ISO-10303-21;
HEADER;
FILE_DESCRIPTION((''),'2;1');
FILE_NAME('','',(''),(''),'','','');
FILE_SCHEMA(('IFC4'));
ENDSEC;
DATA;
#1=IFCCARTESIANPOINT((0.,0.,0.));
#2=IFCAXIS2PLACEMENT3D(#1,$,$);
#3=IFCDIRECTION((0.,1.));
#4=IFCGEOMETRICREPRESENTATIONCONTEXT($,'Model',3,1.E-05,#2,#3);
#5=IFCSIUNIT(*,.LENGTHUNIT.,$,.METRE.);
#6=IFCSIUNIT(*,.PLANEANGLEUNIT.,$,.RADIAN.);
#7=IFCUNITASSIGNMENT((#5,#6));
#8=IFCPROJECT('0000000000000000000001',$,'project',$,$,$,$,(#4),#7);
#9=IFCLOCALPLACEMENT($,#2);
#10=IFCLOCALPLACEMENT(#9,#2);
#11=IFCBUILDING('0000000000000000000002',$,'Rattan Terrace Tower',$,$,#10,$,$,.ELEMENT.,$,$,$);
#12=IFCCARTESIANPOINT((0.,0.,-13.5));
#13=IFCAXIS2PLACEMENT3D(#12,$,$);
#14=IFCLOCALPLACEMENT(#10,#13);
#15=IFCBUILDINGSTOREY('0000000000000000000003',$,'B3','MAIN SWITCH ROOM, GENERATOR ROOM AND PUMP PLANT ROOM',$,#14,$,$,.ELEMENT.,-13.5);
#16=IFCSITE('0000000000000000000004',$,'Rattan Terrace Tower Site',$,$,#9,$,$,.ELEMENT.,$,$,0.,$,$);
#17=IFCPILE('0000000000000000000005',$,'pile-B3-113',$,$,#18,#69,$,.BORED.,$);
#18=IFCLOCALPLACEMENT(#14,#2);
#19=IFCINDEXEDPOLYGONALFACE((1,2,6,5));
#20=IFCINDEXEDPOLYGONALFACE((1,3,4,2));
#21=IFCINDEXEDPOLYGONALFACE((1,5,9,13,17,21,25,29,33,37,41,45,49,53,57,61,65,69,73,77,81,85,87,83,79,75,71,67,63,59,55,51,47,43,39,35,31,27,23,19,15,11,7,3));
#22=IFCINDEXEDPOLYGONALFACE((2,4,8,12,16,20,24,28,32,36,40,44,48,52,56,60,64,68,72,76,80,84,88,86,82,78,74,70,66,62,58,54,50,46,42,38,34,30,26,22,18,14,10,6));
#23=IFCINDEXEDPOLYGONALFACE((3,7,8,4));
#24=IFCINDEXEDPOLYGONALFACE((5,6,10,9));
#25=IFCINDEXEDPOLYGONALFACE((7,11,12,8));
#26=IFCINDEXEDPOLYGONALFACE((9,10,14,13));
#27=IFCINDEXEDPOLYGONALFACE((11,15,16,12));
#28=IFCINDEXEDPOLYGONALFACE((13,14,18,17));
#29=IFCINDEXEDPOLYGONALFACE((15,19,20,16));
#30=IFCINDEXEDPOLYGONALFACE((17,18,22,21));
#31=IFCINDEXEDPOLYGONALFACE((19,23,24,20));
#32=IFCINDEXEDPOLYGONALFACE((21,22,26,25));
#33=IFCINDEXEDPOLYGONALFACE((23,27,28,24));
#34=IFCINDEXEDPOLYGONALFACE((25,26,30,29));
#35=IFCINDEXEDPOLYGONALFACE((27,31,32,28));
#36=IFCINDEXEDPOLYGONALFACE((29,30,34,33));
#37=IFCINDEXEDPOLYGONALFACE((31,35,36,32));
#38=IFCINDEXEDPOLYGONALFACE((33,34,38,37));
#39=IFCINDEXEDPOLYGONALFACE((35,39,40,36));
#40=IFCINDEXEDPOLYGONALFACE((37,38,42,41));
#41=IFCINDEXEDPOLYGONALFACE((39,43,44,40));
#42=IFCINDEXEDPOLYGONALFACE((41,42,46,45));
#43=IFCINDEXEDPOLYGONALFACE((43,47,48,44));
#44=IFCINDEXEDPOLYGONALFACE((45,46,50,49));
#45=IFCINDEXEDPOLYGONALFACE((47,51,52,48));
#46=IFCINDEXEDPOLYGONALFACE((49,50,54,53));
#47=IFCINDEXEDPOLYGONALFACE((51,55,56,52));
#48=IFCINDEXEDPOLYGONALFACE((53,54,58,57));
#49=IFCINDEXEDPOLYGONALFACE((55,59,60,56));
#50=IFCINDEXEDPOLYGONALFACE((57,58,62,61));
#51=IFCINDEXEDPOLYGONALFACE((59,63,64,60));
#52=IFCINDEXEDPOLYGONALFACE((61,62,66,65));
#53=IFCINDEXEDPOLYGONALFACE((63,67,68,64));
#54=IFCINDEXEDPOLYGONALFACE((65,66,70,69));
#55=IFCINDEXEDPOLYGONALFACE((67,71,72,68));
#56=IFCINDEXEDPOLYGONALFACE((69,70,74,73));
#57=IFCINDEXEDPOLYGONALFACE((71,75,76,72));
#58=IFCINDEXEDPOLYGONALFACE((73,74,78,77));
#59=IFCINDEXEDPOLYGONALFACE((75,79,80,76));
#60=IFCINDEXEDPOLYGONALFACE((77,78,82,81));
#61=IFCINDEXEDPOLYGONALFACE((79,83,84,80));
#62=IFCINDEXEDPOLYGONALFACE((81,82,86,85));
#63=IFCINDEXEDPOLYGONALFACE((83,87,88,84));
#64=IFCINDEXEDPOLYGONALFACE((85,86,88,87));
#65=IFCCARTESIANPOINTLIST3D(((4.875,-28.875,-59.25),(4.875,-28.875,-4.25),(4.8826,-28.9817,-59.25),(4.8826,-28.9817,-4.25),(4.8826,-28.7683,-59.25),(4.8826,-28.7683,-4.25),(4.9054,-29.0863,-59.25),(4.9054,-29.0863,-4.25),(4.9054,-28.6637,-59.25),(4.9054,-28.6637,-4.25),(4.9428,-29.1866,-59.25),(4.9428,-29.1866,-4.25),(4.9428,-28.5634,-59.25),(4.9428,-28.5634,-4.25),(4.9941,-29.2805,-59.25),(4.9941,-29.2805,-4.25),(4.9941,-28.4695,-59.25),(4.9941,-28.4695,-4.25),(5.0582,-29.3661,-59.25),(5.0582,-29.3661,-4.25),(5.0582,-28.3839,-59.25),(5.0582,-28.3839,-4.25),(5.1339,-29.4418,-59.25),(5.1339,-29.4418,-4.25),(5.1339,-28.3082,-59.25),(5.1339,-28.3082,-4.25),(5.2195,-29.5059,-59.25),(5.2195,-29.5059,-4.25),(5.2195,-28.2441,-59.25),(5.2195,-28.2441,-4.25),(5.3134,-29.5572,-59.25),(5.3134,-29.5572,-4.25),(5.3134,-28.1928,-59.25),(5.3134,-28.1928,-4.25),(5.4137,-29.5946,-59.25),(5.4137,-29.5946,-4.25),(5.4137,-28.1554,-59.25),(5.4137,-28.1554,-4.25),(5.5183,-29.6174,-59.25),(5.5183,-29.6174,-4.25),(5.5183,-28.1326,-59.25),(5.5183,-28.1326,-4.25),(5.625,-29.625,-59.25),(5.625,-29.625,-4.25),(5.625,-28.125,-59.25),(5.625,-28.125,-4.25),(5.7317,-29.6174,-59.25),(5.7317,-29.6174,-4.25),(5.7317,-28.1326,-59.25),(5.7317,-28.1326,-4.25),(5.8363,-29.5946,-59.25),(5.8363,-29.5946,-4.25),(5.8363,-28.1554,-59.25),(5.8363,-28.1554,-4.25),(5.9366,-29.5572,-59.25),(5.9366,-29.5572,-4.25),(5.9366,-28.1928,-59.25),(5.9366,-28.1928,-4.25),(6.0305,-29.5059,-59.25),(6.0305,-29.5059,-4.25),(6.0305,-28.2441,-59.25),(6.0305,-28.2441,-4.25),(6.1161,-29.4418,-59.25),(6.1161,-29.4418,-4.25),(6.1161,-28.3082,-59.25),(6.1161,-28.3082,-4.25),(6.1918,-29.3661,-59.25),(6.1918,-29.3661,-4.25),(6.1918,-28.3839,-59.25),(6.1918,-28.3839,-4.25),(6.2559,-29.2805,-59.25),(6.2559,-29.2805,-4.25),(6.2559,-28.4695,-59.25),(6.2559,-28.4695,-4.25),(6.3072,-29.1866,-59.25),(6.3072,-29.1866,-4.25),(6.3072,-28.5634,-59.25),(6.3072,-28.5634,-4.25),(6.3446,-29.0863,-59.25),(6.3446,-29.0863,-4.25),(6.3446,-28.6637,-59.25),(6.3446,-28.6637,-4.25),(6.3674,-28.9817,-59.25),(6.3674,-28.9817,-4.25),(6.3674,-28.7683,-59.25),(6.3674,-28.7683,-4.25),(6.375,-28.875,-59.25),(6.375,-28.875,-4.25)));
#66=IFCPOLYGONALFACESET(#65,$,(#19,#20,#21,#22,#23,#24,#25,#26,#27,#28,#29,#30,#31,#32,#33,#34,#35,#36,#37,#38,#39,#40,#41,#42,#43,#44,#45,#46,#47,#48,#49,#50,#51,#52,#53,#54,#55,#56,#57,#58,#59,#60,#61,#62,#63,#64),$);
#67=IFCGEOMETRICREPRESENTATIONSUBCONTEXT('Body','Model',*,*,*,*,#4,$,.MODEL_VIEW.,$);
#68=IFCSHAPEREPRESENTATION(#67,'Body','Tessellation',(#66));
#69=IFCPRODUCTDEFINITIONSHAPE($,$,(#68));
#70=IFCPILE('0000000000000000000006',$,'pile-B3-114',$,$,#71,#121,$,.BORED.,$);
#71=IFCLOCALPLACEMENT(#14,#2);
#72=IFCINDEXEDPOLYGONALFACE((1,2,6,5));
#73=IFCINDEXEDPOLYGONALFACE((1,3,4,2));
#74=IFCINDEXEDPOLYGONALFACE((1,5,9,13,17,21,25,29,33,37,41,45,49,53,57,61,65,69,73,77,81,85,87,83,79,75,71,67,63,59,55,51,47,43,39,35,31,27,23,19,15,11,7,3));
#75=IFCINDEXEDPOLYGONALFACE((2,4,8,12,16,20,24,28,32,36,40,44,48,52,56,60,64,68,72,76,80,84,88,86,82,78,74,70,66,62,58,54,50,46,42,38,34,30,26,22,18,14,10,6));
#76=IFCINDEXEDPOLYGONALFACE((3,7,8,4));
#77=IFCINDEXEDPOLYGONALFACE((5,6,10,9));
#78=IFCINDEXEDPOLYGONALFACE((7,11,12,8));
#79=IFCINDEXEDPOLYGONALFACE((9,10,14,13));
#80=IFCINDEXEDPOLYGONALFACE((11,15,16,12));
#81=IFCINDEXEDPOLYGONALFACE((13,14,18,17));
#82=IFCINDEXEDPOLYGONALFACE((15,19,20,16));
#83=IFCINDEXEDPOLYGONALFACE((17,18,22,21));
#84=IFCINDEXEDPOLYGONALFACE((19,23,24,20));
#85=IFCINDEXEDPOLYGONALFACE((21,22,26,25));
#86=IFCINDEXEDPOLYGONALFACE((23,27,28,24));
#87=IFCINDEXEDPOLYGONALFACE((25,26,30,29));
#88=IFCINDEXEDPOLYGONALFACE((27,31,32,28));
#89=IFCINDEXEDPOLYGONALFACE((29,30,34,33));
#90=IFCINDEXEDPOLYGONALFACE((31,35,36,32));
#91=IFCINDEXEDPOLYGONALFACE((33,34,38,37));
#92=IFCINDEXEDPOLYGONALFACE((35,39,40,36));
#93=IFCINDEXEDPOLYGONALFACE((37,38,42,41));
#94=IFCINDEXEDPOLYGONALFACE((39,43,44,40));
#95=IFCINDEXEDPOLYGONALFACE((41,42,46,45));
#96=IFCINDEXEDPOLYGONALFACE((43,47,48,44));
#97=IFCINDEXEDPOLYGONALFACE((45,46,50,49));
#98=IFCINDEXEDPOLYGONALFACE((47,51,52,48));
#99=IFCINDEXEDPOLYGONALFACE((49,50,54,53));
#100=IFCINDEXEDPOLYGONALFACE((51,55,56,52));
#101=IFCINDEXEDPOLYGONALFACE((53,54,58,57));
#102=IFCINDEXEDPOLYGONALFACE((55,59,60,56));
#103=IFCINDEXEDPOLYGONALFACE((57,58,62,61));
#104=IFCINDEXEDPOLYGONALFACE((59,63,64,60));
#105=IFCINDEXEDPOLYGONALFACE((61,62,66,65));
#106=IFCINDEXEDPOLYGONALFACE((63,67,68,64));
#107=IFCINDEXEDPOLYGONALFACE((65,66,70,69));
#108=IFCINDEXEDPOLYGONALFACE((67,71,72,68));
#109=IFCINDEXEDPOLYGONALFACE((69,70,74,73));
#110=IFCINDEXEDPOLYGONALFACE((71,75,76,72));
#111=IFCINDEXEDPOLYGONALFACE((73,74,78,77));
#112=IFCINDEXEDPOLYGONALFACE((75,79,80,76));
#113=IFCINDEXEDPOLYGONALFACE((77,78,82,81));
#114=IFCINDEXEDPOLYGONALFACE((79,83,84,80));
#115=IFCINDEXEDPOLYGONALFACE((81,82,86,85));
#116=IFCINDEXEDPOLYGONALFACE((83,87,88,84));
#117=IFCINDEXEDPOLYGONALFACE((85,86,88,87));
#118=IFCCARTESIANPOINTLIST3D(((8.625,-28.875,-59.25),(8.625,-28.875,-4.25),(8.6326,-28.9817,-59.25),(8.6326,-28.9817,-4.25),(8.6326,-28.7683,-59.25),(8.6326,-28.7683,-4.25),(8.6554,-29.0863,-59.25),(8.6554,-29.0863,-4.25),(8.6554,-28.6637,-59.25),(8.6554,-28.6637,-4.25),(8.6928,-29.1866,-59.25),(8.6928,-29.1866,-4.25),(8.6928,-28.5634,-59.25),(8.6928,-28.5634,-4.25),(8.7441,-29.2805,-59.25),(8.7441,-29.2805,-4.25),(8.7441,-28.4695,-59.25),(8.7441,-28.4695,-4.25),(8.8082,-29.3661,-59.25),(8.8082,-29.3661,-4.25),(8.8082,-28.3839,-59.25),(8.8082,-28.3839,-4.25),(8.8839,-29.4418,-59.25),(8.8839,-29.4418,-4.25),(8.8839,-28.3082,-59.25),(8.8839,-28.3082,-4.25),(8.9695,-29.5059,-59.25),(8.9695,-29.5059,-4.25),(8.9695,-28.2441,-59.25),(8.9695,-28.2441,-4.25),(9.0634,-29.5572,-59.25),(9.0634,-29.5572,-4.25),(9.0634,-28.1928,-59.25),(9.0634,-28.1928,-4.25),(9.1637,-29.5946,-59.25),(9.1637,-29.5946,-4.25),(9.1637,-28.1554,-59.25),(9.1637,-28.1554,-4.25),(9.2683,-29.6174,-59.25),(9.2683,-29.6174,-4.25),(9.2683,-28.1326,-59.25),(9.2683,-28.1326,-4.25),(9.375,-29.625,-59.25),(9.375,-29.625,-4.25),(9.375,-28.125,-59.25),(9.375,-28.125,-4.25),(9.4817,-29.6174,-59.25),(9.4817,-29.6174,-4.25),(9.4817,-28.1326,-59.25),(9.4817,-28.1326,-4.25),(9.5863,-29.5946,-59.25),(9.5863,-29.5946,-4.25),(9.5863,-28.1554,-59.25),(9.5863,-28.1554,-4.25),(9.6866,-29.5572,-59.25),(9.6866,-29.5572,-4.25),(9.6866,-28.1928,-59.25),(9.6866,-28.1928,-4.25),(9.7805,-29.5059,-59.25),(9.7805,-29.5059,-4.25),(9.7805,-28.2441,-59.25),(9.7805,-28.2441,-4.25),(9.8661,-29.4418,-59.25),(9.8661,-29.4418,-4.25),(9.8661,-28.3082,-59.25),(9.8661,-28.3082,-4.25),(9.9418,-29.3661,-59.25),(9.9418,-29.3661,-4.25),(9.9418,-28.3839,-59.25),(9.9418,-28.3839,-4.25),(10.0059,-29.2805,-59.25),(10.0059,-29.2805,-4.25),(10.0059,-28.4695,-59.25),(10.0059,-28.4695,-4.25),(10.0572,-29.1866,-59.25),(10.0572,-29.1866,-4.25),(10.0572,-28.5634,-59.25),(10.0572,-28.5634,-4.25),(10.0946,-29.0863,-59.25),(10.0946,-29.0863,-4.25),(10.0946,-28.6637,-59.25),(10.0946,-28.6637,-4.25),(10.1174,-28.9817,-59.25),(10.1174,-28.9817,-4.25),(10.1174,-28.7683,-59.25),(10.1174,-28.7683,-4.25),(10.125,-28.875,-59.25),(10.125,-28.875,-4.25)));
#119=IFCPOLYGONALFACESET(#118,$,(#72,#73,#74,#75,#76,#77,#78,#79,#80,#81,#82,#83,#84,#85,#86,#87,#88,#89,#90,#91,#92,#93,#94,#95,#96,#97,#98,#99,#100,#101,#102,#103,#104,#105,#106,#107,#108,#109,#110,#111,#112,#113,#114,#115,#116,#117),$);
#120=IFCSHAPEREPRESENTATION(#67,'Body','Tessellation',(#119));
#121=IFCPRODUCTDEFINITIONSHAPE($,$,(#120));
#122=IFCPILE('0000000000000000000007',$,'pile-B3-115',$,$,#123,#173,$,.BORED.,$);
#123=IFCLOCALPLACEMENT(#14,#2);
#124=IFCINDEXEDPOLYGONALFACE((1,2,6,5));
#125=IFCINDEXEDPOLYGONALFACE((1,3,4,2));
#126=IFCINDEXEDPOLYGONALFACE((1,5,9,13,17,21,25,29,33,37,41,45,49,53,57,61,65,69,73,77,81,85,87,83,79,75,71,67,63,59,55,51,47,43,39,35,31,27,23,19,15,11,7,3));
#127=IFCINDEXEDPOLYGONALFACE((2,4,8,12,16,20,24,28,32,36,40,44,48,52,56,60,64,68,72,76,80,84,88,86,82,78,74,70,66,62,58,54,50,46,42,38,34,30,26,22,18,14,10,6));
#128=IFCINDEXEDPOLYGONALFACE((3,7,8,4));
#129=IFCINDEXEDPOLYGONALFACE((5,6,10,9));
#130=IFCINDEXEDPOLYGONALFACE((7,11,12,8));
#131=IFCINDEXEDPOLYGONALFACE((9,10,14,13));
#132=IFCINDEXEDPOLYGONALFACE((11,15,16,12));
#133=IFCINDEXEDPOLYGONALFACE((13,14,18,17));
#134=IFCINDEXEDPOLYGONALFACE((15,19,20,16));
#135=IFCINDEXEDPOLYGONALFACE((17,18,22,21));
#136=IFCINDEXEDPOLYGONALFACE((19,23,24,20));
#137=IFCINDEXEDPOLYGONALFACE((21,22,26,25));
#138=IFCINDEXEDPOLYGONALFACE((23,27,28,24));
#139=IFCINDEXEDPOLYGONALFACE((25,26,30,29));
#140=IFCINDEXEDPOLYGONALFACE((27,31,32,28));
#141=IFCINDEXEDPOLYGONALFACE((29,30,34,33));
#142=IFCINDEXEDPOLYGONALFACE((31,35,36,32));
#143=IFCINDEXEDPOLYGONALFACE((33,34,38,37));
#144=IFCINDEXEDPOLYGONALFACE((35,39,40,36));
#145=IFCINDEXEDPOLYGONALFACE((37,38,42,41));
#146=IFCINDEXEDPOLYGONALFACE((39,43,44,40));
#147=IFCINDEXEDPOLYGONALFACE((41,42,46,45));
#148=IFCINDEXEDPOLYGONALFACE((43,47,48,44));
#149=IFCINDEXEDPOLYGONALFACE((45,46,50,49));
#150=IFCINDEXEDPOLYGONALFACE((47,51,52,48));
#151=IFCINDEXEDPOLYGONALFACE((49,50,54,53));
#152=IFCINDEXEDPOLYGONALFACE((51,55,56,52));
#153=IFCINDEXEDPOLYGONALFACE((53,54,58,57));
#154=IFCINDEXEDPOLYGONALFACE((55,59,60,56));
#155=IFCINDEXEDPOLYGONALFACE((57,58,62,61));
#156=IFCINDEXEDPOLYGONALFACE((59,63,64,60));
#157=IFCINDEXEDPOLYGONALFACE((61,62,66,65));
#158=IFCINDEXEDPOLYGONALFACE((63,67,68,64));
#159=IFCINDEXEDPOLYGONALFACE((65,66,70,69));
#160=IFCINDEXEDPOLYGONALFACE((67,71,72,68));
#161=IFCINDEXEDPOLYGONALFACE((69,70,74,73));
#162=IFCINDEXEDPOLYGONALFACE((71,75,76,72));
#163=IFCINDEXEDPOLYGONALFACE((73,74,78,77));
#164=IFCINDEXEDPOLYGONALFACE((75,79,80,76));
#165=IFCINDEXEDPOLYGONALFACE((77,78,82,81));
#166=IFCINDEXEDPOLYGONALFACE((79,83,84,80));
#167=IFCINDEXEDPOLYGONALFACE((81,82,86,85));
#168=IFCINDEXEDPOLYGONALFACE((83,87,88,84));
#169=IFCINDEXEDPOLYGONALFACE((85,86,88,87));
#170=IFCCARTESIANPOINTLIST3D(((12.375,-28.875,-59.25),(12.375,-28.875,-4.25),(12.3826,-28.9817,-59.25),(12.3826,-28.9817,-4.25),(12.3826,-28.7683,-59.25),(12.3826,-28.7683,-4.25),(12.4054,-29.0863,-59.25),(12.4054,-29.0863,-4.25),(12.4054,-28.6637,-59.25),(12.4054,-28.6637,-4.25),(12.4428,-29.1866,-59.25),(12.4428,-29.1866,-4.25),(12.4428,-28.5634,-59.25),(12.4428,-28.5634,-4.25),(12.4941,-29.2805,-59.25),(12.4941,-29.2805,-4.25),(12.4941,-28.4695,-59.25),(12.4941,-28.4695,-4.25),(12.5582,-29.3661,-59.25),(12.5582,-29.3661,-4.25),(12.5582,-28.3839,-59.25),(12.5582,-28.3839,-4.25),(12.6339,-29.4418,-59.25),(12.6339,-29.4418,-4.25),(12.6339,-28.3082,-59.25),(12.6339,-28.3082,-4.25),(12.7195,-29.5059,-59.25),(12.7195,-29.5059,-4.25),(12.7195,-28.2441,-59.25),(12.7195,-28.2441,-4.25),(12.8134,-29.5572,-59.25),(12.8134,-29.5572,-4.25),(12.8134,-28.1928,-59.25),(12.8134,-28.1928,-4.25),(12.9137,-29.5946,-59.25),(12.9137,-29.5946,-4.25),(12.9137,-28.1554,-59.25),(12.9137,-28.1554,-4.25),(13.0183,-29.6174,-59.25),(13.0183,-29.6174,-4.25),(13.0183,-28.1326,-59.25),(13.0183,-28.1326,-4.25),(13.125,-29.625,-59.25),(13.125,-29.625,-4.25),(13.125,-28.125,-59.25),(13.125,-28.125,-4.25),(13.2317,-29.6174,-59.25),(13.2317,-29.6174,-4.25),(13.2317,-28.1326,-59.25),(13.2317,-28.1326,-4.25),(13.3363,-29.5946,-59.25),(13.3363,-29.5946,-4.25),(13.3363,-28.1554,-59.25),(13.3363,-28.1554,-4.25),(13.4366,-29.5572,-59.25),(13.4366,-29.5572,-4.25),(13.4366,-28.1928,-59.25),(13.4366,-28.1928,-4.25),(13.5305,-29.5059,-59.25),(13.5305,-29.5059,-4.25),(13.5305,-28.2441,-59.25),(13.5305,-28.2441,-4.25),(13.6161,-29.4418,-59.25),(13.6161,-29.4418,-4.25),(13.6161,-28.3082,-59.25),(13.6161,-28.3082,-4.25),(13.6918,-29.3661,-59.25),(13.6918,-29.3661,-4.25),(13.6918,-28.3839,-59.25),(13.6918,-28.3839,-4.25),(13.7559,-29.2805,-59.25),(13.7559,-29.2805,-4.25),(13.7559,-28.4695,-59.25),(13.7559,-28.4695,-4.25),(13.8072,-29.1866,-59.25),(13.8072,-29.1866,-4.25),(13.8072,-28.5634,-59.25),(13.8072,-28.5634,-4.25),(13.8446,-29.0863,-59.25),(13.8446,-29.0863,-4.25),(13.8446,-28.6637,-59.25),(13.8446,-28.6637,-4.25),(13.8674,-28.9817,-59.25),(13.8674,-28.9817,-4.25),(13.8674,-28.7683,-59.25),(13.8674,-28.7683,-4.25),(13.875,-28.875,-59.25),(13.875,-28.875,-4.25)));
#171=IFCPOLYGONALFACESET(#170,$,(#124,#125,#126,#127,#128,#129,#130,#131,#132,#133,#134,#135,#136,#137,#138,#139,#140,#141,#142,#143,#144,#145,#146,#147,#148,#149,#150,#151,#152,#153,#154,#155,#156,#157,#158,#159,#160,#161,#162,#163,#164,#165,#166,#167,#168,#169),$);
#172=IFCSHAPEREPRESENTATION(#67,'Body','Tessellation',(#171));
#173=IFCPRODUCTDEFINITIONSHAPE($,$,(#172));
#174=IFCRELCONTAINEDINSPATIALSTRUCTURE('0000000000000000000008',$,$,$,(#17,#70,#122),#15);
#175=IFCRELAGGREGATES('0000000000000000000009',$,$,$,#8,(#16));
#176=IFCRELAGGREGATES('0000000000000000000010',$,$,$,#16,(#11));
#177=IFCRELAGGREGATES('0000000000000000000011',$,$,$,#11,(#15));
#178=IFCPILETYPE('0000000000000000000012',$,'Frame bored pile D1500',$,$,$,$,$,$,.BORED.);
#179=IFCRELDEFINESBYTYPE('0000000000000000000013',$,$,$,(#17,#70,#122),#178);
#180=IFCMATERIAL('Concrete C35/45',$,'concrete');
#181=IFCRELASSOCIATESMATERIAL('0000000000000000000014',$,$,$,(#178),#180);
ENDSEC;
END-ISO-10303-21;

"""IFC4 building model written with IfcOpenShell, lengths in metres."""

from ifc_helpers import new_model, si_unit, direction, frame, origin, origin_2d, place, context, subcontext, project, spatial, circle, extrude, material, material_profile, profile_set, type_object, element, save


model = new_model("IFC4")

# Units and contexts
model_context = context("Model", 3, precision=1e-05, world=origin(), true_north=direction((0.0, 1.0)))
body_context = subcontext(model_context, "Body", "Model", "MODEL_VIEW")
ifc_project = project(units=[si_unit("LENGTHUNIT", "METRE"), si_unit("PLANEANGLEUNIT", "RADIAN")], contexts=[model_context])

# Site, building, storey
site_placement = place(None, origin())
site = spatial("IfcSite", under=ifc_project, at=site_placement, Name="Rattan Terrace Tower Site", CompositionType="ELEMENT", RefElevation=0.0)
building_placement = place(site_placement, origin())
building = spatial("IfcBuilding", under=site, at=building_placement, Name="Rattan Terrace Tower", CompositionType="ELEMENT")
storey_placement = place(building_placement, frame((0.0, 0.0, -13.5)))
storey = spatial("IfcBuildingStorey", under=building, at=storey_placement, Name="B3", Description="MAIN SWITCH ROOM, GENERATOR ROOM AND PUMP PLANT ROOM", CompositionType="ELEMENT", Elevation=-13.5)

# Piles
ifc_material_1 = material(Name="Concrete C35/45", Category="concrete")
ifc_material_profile_1 = material_profile(ifc_material_1, circle(Radius=0.75, at=origin_2d()), Name="PILE D1500")
ifc_profile_set_1 = profile_set([ifc_material_profile_1], Name="Concrete C35/45")
pile_type = type_object("IfcPileType", Name="Frame bored pile D1500", PredefinedType="BORED", material=ifc_profile_set_1)
for number, where, z_axis, x_axis, name in (
    (1, (5.625, -28.875, -4.25), (0.0, 0.0, -1.0), (1.0, 0.0, 0.0), "pile-B3-113"),
    (2, (9.375, -28.875, -4.25), (0.0, 0.0, -1.0), (1.0, 0.0, 0.0), "pile-B3-114"),
    (3, (13.125, -28.875, -4.25), (0.0, 0.0, -1.0), (1.0, 0.0, 0.0), "pile-B3-115"),
):
    element("IfcPile", number, at=place(storey_placement, frame(where, z_axis=z_axis, x_axis=x_axis)), inside=storey, type_object=pile_type, Name=name, PredefinedType="BORED", context=body_context, shape_type="SweptSolid", body=[
        extrude(circle(Radius=0.75, at=origin_2d()), origin(), (0.0, 0.0, 1.0), 55.0),
    ])

save(model, "model.ifc")
